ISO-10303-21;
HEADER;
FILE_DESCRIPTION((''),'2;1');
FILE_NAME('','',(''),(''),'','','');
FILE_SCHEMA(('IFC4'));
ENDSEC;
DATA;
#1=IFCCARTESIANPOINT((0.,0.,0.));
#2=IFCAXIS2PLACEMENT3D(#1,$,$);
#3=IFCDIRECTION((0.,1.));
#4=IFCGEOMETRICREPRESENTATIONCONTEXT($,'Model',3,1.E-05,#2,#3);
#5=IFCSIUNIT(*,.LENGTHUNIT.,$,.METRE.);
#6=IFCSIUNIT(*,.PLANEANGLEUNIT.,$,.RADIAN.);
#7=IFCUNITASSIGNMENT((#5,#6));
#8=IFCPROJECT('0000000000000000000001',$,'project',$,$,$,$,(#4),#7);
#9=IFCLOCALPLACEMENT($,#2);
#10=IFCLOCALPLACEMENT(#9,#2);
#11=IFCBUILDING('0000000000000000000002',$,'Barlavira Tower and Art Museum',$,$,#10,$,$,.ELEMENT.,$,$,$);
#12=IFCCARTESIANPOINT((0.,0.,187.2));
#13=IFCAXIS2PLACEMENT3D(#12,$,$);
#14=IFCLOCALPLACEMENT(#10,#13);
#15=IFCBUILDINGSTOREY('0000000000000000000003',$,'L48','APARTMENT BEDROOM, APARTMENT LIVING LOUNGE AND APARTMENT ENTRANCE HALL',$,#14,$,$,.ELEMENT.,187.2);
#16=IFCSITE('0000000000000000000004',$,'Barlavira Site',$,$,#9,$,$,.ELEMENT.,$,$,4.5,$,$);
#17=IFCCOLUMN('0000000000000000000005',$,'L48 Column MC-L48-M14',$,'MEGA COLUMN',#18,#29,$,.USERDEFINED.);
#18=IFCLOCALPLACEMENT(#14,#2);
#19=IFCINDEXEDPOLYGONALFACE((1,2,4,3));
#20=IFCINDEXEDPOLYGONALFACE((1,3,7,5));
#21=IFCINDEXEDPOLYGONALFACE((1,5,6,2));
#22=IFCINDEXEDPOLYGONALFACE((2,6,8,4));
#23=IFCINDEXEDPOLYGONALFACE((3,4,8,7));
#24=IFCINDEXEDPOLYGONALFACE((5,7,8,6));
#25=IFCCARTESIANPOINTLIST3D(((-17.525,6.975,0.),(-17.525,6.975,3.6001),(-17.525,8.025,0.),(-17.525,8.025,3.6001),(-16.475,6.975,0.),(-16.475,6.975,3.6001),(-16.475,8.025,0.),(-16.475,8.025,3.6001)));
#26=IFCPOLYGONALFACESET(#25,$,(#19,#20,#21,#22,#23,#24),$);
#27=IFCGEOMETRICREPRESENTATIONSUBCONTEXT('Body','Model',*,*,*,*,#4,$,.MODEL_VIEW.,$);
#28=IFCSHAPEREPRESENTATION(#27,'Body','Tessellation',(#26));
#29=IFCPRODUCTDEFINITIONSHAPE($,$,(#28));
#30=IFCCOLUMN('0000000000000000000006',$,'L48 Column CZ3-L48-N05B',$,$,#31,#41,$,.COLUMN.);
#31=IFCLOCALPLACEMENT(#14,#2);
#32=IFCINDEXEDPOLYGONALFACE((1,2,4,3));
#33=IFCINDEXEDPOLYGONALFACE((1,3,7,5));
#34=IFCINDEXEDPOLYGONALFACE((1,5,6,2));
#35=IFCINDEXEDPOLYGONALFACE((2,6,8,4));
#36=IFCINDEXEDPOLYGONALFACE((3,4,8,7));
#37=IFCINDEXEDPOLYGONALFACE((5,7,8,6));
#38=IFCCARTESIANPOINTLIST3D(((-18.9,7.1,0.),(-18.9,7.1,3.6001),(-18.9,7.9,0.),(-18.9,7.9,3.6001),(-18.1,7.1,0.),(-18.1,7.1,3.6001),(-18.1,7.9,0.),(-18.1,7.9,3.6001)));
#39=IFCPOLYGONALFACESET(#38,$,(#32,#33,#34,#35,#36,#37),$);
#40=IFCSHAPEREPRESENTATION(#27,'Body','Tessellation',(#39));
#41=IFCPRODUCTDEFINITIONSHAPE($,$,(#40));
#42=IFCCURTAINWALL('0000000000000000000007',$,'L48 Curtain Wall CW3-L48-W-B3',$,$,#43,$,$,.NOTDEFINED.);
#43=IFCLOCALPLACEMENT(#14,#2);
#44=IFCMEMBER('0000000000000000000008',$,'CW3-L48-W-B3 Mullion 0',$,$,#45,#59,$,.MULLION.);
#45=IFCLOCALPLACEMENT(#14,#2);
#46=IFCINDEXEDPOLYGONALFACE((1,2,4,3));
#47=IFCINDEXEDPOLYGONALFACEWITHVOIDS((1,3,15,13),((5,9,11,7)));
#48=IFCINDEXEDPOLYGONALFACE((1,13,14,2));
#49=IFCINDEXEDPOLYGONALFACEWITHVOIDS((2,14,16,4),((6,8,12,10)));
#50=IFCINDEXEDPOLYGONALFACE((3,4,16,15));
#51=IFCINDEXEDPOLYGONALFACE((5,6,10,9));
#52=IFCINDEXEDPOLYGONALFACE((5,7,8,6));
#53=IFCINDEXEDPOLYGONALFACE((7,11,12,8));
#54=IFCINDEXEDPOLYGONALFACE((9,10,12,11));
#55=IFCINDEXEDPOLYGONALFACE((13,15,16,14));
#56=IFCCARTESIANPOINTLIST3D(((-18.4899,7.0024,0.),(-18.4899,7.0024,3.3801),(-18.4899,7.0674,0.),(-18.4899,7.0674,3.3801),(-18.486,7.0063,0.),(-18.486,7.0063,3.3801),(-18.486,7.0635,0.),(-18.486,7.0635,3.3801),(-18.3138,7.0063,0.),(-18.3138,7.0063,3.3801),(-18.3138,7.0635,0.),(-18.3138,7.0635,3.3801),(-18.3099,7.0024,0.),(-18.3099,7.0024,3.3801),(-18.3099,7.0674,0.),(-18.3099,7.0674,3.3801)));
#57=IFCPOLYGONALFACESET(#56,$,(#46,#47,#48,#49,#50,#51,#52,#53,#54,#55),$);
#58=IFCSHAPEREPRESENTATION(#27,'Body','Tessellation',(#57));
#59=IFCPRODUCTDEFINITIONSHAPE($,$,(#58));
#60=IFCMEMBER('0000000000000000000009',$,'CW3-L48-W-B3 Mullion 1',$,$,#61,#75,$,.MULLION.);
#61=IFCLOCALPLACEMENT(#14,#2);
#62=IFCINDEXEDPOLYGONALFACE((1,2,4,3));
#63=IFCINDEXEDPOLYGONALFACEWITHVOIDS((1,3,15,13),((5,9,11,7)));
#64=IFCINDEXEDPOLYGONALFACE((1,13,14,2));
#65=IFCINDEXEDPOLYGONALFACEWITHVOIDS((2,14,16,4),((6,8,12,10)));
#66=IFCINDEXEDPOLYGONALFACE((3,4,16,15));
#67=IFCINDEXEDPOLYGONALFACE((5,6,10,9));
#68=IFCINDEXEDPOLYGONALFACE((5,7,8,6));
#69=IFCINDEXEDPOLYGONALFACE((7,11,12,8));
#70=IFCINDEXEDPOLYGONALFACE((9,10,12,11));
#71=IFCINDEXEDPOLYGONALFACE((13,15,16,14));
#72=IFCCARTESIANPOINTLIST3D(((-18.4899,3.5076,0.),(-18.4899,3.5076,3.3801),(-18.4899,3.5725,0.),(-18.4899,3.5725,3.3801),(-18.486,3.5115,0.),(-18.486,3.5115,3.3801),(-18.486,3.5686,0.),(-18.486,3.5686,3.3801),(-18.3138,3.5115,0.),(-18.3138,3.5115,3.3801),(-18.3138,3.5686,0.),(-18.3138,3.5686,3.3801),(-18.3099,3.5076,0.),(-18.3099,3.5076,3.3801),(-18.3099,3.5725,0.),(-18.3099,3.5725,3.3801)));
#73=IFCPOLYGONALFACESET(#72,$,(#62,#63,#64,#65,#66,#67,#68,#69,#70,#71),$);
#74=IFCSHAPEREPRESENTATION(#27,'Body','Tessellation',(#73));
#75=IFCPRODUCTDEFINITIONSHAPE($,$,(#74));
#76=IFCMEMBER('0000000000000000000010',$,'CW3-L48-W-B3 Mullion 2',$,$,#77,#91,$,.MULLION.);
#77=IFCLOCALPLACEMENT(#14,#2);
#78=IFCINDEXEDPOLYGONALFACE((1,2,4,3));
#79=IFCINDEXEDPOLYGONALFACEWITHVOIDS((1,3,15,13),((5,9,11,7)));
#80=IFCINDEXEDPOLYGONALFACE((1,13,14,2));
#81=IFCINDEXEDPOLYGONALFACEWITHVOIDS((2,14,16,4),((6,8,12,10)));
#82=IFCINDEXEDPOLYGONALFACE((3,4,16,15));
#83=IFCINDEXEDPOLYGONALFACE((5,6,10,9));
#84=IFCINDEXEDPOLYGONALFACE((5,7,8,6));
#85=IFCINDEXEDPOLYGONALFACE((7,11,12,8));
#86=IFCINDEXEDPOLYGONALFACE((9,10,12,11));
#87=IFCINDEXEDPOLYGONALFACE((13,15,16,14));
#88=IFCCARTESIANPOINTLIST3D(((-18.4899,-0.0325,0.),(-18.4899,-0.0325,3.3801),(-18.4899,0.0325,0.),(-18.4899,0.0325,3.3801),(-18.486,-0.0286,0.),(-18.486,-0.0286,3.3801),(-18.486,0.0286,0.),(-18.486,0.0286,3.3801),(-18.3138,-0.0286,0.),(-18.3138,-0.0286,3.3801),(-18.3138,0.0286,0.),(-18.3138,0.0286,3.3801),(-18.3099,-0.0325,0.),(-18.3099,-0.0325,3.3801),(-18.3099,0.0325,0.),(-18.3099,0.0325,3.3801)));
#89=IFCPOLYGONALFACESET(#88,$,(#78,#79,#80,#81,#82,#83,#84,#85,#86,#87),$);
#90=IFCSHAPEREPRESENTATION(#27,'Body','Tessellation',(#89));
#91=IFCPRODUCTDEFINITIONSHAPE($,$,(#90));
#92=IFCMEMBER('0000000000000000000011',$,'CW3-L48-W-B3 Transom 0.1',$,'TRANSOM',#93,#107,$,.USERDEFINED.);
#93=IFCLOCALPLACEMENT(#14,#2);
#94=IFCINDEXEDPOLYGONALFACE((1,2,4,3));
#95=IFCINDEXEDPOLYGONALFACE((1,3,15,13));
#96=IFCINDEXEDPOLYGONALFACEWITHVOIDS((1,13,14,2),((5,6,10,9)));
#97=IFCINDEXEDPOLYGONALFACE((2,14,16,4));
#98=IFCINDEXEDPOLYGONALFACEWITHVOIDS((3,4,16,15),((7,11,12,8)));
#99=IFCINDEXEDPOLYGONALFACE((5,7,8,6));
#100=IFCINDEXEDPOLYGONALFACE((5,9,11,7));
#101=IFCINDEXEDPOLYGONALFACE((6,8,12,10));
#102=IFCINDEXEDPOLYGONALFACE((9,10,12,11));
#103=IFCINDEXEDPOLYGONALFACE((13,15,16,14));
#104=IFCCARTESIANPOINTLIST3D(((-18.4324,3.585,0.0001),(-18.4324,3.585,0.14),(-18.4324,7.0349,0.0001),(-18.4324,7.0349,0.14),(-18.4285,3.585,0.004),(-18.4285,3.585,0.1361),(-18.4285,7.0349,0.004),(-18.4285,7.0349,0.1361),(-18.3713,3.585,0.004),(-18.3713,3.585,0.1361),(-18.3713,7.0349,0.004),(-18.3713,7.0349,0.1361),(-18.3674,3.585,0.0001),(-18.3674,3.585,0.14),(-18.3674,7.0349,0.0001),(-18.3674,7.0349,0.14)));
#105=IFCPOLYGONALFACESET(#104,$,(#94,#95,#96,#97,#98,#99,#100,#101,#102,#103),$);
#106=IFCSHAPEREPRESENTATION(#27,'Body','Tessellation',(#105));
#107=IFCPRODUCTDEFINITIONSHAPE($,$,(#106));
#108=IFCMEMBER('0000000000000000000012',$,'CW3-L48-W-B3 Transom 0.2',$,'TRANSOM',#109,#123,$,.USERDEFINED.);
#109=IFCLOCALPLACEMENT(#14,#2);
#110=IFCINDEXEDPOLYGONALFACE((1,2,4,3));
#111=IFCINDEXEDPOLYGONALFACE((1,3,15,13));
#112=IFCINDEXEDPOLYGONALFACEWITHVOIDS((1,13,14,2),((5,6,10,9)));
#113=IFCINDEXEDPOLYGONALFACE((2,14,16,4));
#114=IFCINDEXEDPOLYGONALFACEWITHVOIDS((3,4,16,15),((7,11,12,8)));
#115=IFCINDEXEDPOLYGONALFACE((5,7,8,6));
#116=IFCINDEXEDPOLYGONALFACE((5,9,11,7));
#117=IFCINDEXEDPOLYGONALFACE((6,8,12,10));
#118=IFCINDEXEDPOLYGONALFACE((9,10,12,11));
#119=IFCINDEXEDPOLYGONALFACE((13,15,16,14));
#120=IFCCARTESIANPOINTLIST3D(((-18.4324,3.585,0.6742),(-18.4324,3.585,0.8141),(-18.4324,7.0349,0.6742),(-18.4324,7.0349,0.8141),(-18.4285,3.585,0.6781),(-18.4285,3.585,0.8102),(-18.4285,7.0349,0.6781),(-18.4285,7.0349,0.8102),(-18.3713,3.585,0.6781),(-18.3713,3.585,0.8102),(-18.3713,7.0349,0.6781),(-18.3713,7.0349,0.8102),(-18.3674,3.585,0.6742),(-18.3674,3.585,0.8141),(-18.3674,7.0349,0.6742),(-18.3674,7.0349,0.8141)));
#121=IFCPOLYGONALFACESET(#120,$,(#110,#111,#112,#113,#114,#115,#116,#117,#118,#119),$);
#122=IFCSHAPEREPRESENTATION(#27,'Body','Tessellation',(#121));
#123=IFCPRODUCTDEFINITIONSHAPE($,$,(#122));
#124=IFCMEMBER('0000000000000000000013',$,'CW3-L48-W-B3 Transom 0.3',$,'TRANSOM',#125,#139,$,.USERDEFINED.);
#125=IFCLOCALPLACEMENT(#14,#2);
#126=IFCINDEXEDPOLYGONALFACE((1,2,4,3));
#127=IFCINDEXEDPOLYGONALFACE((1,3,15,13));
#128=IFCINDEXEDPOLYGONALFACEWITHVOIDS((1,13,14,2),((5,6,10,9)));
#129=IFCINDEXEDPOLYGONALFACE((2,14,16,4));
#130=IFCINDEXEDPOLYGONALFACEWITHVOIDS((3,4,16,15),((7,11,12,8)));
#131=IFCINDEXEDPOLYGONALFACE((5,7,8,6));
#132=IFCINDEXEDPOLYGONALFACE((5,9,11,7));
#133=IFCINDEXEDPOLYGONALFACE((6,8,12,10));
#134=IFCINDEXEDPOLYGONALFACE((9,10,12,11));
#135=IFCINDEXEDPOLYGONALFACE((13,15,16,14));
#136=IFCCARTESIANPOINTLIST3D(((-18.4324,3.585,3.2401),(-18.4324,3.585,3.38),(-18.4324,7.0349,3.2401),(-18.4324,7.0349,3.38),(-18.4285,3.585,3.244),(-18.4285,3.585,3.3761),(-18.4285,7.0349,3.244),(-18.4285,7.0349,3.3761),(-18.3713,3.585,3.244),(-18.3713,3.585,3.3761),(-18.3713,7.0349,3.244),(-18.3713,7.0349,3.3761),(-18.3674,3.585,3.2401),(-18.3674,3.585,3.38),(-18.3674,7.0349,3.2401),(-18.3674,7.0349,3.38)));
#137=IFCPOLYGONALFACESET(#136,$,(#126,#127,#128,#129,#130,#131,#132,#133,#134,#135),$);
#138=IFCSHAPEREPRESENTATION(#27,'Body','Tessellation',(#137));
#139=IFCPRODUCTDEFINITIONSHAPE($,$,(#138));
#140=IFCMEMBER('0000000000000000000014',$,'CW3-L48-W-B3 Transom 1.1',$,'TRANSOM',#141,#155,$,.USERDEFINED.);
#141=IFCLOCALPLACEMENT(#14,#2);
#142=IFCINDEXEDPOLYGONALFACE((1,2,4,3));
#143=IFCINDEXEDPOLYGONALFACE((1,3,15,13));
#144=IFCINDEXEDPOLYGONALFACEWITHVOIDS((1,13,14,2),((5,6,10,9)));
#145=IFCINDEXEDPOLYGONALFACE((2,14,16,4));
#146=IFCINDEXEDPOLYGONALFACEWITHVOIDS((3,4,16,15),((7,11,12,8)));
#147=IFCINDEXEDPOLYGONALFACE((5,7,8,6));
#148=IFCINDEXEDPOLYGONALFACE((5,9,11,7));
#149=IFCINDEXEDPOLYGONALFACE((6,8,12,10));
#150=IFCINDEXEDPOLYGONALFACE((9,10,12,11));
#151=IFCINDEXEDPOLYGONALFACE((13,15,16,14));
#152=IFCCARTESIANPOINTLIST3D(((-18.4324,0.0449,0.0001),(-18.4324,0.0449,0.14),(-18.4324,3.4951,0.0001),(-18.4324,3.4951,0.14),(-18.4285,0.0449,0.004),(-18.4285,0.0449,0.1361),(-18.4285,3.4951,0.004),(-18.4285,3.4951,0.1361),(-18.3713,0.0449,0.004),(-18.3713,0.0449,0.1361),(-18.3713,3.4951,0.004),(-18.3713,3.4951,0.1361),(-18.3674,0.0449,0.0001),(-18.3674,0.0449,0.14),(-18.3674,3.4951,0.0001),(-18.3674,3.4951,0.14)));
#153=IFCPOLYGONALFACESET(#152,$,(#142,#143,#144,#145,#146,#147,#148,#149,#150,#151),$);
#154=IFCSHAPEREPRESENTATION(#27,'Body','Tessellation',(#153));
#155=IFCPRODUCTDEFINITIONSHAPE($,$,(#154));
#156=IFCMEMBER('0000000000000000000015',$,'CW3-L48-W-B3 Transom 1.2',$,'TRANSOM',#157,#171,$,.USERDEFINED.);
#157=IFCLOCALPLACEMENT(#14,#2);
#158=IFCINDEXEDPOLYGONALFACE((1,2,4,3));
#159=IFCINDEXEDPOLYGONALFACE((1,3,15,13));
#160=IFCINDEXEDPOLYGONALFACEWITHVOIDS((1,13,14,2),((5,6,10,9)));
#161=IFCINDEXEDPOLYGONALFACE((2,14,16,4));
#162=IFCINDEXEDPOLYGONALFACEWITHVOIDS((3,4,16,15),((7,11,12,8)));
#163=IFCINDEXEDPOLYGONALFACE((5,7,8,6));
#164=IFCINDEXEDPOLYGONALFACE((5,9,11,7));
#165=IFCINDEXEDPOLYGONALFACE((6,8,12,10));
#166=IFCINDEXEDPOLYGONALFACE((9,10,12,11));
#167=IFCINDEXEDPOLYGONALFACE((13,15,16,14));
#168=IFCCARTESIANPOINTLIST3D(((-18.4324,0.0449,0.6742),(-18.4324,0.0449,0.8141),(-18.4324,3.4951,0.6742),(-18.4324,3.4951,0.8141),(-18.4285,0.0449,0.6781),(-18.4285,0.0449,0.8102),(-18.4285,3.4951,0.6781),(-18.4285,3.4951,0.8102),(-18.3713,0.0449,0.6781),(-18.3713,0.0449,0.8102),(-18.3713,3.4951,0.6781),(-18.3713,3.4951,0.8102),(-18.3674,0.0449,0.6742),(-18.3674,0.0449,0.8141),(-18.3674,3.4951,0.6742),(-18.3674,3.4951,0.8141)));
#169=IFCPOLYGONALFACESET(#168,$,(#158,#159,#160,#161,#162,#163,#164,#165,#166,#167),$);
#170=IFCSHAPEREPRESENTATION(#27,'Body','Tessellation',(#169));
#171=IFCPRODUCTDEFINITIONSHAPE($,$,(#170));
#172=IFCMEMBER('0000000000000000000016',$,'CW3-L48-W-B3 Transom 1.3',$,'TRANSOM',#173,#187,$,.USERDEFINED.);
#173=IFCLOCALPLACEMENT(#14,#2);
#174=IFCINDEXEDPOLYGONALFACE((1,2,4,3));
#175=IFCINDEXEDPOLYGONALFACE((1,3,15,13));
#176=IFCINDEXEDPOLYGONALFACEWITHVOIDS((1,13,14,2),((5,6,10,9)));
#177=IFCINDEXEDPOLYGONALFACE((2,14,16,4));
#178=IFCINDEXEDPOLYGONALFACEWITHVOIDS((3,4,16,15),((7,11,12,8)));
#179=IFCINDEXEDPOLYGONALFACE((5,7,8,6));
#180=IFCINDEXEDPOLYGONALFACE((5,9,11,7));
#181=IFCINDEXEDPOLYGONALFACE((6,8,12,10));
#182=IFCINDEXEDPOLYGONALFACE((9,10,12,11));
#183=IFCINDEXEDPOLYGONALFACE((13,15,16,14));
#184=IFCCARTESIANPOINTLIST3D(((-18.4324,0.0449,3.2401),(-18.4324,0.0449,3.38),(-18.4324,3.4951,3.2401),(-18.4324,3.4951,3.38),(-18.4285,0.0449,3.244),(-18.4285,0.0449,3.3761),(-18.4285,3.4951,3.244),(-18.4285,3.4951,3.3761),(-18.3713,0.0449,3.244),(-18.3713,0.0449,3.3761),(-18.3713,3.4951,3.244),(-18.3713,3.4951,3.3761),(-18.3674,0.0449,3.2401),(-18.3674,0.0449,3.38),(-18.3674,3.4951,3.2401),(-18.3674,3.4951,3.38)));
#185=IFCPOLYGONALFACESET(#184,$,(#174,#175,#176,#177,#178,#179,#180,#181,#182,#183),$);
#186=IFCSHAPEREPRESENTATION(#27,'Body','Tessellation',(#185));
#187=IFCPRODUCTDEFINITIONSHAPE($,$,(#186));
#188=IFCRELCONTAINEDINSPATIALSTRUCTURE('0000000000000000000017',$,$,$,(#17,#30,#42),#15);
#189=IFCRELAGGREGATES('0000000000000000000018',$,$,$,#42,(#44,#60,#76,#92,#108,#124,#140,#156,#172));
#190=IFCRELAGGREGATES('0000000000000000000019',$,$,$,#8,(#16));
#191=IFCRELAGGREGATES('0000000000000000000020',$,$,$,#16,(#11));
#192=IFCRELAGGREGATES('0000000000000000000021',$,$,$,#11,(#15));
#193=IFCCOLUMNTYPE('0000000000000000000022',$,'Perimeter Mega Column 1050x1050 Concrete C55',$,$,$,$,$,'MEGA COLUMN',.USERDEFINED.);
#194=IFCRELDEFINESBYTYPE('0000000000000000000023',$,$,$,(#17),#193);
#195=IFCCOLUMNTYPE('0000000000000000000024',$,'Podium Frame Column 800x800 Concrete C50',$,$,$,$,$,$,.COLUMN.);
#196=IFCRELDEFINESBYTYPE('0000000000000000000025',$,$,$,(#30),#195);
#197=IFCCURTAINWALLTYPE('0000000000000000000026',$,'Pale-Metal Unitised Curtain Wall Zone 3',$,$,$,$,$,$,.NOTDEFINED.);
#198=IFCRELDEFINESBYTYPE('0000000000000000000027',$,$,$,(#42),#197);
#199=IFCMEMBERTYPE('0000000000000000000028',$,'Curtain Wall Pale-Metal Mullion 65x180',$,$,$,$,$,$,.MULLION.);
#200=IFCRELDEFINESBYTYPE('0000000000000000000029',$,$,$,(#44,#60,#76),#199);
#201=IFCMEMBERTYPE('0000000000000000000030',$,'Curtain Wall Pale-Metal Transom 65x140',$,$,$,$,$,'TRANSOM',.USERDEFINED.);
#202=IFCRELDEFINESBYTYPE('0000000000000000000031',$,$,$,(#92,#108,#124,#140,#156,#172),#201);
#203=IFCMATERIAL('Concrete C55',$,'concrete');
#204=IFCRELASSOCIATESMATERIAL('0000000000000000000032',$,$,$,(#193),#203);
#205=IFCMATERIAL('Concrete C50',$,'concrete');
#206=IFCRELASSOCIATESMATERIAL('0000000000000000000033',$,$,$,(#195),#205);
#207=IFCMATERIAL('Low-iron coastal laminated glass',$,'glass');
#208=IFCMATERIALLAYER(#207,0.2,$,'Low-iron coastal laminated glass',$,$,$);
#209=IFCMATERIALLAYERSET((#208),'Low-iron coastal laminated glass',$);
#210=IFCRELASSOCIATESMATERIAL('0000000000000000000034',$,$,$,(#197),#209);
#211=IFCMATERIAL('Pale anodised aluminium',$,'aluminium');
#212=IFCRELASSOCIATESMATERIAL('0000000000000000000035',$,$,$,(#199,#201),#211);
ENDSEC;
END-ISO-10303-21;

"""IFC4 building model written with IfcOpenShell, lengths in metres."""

from ifc_helpers import new_model, si_unit, direction, frame, origin, origin_2d, place, context, subcontext, project, spatial, rectangle, hollow_rectangle, extrude, material, layer, layer_set, material_profile, profile_set, type_object, element, aggregate, save


model = new_model("IFC4")

# Units and contexts
model_context = context("Model", 3, precision=1e-05, world=origin(), true_north=direction((0.0, 1.0)))
body_context = subcontext(model_context, "Body", "Model", "MODEL_VIEW")
ifc_project = project(units=[si_unit("LENGTHUNIT", "METRE"), si_unit("PLANEANGLEUNIT", "RADIAN")], contexts=[model_context])

# Site, building, storey
site_placement = place(None, origin())
site = spatial("IfcSite", under=ifc_project, at=site_placement, Name="Barlavira Site", CompositionType="ELEMENT", RefElevation=4.5)
building_placement = place(site_placement, origin())
building = spatial("IfcBuilding", under=site, at=building_placement, Name="Barlavira Tower and Art Museum", CompositionType="ELEMENT")
storey_placement = place(building_placement, frame((0.0, 0.0, 187.2)))
storey = spatial("IfcBuildingStorey", under=building, at=storey_placement, Name="L48", Description="APARTMENT BEDROOM, APARTMENT LIVING LOUNGE AND APARTMENT ENTRANCE HALL", CompositionType="ELEMENT", Elevation=187.2)

# Columns
ifc_material_1 = material(Name="Concrete C55", Category="concrete")
ifc_material_profile_1 = material_profile(ifc_material_1, rectangle(XDim=1.05, YDim=1.05, at=origin_2d()), Name="RC-COL 1050x1050")
ifc_profile_set_1 = profile_set([ifc_material_profile_1], Name="Concrete C55")
column_type_1 = type_object("IfcColumnType", Name="Perimeter Mega Column 1050x1050 Concrete C55", ElementType="MEGA COLUMN", PredefinedType="USERDEFINED", material=ifc_profile_set_1)
column_1_placement = place(storey_placement, frame((-17.0, 7.5, 0.0), z_axis=(0.0, 0.0, 1.0), x_axis=(1.0, 0.0, 0.0)))
element("IfcColumn", 1, at=column_1_placement, inside=storey, type_object=column_type_1, Name="L48 Column MC-L48-M14", ObjectType="MEGA COLUMN", PredefinedType="USERDEFINED", context=body_context, shape_type="SweptSolid", body=[
    extrude(rectangle(XDim=1.05, YDim=1.05, at=origin_2d()), origin(), (0.0, 0.0, 1.0), 3.6001),
])
ifc_material_2 = material(Name="Concrete C50", Category="concrete")
ifc_material_profile_2 = material_profile(ifc_material_2, rectangle(XDim=0.8, YDim=0.8, at=origin_2d()), Name="RC-COL 800x800")
ifc_profile_set_2 = profile_set([ifc_material_profile_2], Name="Concrete C50")
column_type_2 = type_object("IfcColumnType", Name="Podium Frame Column 800x800 Concrete C50", PredefinedType="COLUMN", material=ifc_profile_set_2)
column_2_placement = place(storey_placement, frame((-18.5, 7.5, 0.0), z_axis=(0.0, 0.0, 1.0), x_axis=(1.0, 0.0, 0.0)))
element("IfcColumn", 2, at=column_2_placement, inside=storey, type_object=column_type_2, Name="L48 Column CZ3-L48-N05B", PredefinedType="COLUMN", context=body_context, shape_type="SweptSolid", body=[
    extrude(rectangle(XDim=0.8, YDim=0.8, at=origin_2d()), origin(), (0.0, 0.0, 1.0), 3.6001),
])

# Curtain wall, members
ifc_material_3 = material(Name="Low-iron coastal laminated glass", Category="glass")
ifc_layer_1 = layer(ifc_material_3, 0.2, Name="Low-iron coastal laminated glass")
ifc_layer_set_1 = layer_set([ifc_layer_1], Name="Low-iron coastal laminated glass")
curtain_wall_type = type_object("IfcCurtainWallType", Name="Pale-Metal Unitised Curtain Wall Zone 3", PredefinedType="NOTDEFINED", material=ifc_layer_set_1)
curtain_wall_placement = place(storey_placement, origin())
curtain_wall = element("IfcCurtainWall", 3, at=curtain_wall_placement, inside=storey, type_object=curtain_wall_type, Name="L48 Curtain Wall CW3-L48-W-B3", PredefinedType="NOTDEFINED")
ifc_material_4 = material(Name="Pale anodised aluminium", Category="aluminium")
ifc_material_profile_3 = material_profile(ifc_material_4, hollow_rectangle(XDim=0.0649, YDim=0.1799, WallThickness=0.0039, at=origin_2d()), Name="ALU-MULL 65x180x4")
ifc_profile_set_3 = profile_set([ifc_material_profile_3], Name="Pale anodised aluminium")
member_type_1 = type_object("IfcMemberType", Name="Curtain Wall Pale-Metal Mullion 65x180", PredefinedType="MULLION", material=ifc_profile_set_3)
member_1_placement = place(storey_placement, frame((-18.3999, 7.0349, 0.0), z_axis=(0.0, 0.0, 1.0), x_axis=(0.0, -1.0, 0.0)))
member_1 = element("IfcMember", 4, at=member_1_placement, type_object=member_type_1, Name="CW3-L48-W-B3 Mullion 0", PredefinedType="MULLION", context=body_context, shape_type="SweptSolid", body=[
    extrude(hollow_rectangle(XDim=0.0649, YDim=0.1799, WallThickness=0.0039, at=origin_2d()), origin(), (0.0, 0.0, 1.0), 3.3801),
])
member_2_placement = place(storey_placement, frame((-18.3999, 3.54, 0.0), z_axis=(0.0, 0.0, 1.0), x_axis=(0.0, -1.0, 0.0)))
member_2 = element("IfcMember", 5, at=member_2_placement, type_object=member_type_1, Name="CW3-L48-W-B3 Mullion 1", PredefinedType="MULLION", context=body_context, shape_type="SweptSolid", body=[
    extrude(hollow_rectangle(XDim=0.0649, YDim=0.1799, WallThickness=0.0039, at=origin_2d()), origin(), (0.0, 0.0, 1.0), 3.3801),
])
member_3_placement = place(storey_placement, frame((-18.3999, 0.0, 0.0), z_axis=(0.0, 0.0, 1.0), x_axis=(0.0, -1.0, 0.0)))
member_3 = element("IfcMember", 6, at=member_3_placement, type_object=member_type_1, Name="CW3-L48-W-B3 Mullion 2", PredefinedType="MULLION", context=body_context, shape_type="SweptSolid", body=[
    extrude(hollow_rectangle(XDim=0.0649, YDim=0.1799, WallThickness=0.0039, at=origin_2d()), origin(), (0.0, 0.0, 1.0), 3.3801),
])
ifc_material_profile_4 = material_profile(ifc_material_4, hollow_rectangle(XDim=0.0649, YDim=0.1399, WallThickness=0.0039, at=origin_2d()), Name="ALU-TRAN 65x140x4")
ifc_profile_set_4 = profile_set([ifc_material_profile_4], Name="Pale anodised aluminium")
member_type_2 = type_object("IfcMemberType", Name="Curtain Wall Pale-Metal Transom 65x140", ElementType="TRANSOM", PredefinedType="USERDEFINED", material=ifc_profile_set_4)
member_4_placement = place(storey_placement, frame((-18.3999, 7.0349, 0.0701), z_axis=(0.0, -1.0, 0.0), x_axis=(1.0, 0.0, 0.0)))
member_4 = element("IfcMember", 7, at=member_4_placement, type_object=member_type_2, Name="CW3-L48-W-B3 Transom 0.1", ObjectType="TRANSOM", PredefinedType="USERDEFINED", context=body_context, shape_type="SweptSolid", body=[
    extrude(hollow_rectangle(XDim=0.0649, YDim=0.1399, WallThickness=0.0039, at=origin_2d()), origin(), (0.0, 0.0, 1.0), 3.45),
])
member_5_placement = place(storey_placement, frame((-18.3999, 7.0349, 0.7441), z_axis=(0.0, -1.0, 0.0), x_axis=(1.0, 0.0, 0.0)))
member_5 = element("IfcMember", 8, at=member_5_placement, type_object=member_type_2, Name="CW3-L48-W-B3 Transom 0.2", ObjectType="TRANSOM", PredefinedType="USERDEFINED", context=body_context, shape_type="SweptSolid", body=[
    extrude(hollow_rectangle(XDim=0.0649, YDim=0.1399, WallThickness=0.0039, at=origin_2d()), origin(), (0.0, 0.0, 1.0), 3.45),
])
member_6_placement = place(storey_placement, frame((-18.3999, 7.0349, 3.3101), z_axis=(0.0, -1.0, 0.0), x_axis=(1.0, 0.0, 0.0)))
member_6 = element("IfcMember", 9, at=member_6_placement, type_object=member_type_2, Name="CW3-L48-W-B3 Transom 0.3", ObjectType="TRANSOM", PredefinedType="USERDEFINED", context=body_context, shape_type="SweptSolid", body=[
    extrude(hollow_rectangle(XDim=0.0649, YDim=0.1399, WallThickness=0.0039, at=origin_2d()), origin(), (0.0, 0.0, 1.0), 3.45),
])
member_7_placement = place(storey_placement, frame((-18.3999, 3.4951, 0.0701), z_axis=(0.0, -1.0, 0.0), x_axis=(1.0, 0.0, 0.0)))
member_7 = element("IfcMember", 10, at=member_7_placement, type_object=member_type_2, Name="CW3-L48-W-B3 Transom 1.1", ObjectType="TRANSOM", PredefinedType="USERDEFINED", context=body_context, shape_type="SweptSolid", body=[
    extrude(hollow_rectangle(XDim=0.0649, YDim=0.1399, WallThickness=0.0039, at=origin_2d()), origin(), (0.0, 0.0, 1.0), 3.4502),
])
member_8_placement = place(storey_placement, frame((-18.3999, 3.4951, 0.7441), z_axis=(0.0, -1.0, 0.0), x_axis=(1.0, 0.0, 0.0)))
member_8 = element("IfcMember", 11, at=member_8_placement, type_object=member_type_2, Name="CW3-L48-W-B3 Transom 1.2", ObjectType="TRANSOM", PredefinedType="USERDEFINED", context=body_context, shape_type="SweptSolid", body=[
    extrude(hollow_rectangle(XDim=0.0649, YDim=0.1399, WallThickness=0.0039, at=origin_2d()), origin(), (0.0, 0.0, 1.0), 3.4502),
])
member_9_placement = place(storey_placement, frame((-18.3999, 3.4951, 3.3101), z_axis=(0.0, -1.0, 0.0), x_axis=(1.0, 0.0, 0.0)))
member_9 = element("IfcMember", 12, at=member_9_placement, type_object=member_type_2, Name="CW3-L48-W-B3 Transom 1.3", ObjectType="TRANSOM", PredefinedType="USERDEFINED", context=body_context, shape_type="SweptSolid", body=[
    extrude(hollow_rectangle(XDim=0.0649, YDim=0.1399, WallThickness=0.0039, at=origin_2d()), origin(), (0.0, 0.0, 1.0), 3.4502),
])

aggregate(curtain_wall, [member_1, member_2, member_3, member_4, member_5, member_6, member_7, member_8, member_9])

save(model, "model.ifc")
